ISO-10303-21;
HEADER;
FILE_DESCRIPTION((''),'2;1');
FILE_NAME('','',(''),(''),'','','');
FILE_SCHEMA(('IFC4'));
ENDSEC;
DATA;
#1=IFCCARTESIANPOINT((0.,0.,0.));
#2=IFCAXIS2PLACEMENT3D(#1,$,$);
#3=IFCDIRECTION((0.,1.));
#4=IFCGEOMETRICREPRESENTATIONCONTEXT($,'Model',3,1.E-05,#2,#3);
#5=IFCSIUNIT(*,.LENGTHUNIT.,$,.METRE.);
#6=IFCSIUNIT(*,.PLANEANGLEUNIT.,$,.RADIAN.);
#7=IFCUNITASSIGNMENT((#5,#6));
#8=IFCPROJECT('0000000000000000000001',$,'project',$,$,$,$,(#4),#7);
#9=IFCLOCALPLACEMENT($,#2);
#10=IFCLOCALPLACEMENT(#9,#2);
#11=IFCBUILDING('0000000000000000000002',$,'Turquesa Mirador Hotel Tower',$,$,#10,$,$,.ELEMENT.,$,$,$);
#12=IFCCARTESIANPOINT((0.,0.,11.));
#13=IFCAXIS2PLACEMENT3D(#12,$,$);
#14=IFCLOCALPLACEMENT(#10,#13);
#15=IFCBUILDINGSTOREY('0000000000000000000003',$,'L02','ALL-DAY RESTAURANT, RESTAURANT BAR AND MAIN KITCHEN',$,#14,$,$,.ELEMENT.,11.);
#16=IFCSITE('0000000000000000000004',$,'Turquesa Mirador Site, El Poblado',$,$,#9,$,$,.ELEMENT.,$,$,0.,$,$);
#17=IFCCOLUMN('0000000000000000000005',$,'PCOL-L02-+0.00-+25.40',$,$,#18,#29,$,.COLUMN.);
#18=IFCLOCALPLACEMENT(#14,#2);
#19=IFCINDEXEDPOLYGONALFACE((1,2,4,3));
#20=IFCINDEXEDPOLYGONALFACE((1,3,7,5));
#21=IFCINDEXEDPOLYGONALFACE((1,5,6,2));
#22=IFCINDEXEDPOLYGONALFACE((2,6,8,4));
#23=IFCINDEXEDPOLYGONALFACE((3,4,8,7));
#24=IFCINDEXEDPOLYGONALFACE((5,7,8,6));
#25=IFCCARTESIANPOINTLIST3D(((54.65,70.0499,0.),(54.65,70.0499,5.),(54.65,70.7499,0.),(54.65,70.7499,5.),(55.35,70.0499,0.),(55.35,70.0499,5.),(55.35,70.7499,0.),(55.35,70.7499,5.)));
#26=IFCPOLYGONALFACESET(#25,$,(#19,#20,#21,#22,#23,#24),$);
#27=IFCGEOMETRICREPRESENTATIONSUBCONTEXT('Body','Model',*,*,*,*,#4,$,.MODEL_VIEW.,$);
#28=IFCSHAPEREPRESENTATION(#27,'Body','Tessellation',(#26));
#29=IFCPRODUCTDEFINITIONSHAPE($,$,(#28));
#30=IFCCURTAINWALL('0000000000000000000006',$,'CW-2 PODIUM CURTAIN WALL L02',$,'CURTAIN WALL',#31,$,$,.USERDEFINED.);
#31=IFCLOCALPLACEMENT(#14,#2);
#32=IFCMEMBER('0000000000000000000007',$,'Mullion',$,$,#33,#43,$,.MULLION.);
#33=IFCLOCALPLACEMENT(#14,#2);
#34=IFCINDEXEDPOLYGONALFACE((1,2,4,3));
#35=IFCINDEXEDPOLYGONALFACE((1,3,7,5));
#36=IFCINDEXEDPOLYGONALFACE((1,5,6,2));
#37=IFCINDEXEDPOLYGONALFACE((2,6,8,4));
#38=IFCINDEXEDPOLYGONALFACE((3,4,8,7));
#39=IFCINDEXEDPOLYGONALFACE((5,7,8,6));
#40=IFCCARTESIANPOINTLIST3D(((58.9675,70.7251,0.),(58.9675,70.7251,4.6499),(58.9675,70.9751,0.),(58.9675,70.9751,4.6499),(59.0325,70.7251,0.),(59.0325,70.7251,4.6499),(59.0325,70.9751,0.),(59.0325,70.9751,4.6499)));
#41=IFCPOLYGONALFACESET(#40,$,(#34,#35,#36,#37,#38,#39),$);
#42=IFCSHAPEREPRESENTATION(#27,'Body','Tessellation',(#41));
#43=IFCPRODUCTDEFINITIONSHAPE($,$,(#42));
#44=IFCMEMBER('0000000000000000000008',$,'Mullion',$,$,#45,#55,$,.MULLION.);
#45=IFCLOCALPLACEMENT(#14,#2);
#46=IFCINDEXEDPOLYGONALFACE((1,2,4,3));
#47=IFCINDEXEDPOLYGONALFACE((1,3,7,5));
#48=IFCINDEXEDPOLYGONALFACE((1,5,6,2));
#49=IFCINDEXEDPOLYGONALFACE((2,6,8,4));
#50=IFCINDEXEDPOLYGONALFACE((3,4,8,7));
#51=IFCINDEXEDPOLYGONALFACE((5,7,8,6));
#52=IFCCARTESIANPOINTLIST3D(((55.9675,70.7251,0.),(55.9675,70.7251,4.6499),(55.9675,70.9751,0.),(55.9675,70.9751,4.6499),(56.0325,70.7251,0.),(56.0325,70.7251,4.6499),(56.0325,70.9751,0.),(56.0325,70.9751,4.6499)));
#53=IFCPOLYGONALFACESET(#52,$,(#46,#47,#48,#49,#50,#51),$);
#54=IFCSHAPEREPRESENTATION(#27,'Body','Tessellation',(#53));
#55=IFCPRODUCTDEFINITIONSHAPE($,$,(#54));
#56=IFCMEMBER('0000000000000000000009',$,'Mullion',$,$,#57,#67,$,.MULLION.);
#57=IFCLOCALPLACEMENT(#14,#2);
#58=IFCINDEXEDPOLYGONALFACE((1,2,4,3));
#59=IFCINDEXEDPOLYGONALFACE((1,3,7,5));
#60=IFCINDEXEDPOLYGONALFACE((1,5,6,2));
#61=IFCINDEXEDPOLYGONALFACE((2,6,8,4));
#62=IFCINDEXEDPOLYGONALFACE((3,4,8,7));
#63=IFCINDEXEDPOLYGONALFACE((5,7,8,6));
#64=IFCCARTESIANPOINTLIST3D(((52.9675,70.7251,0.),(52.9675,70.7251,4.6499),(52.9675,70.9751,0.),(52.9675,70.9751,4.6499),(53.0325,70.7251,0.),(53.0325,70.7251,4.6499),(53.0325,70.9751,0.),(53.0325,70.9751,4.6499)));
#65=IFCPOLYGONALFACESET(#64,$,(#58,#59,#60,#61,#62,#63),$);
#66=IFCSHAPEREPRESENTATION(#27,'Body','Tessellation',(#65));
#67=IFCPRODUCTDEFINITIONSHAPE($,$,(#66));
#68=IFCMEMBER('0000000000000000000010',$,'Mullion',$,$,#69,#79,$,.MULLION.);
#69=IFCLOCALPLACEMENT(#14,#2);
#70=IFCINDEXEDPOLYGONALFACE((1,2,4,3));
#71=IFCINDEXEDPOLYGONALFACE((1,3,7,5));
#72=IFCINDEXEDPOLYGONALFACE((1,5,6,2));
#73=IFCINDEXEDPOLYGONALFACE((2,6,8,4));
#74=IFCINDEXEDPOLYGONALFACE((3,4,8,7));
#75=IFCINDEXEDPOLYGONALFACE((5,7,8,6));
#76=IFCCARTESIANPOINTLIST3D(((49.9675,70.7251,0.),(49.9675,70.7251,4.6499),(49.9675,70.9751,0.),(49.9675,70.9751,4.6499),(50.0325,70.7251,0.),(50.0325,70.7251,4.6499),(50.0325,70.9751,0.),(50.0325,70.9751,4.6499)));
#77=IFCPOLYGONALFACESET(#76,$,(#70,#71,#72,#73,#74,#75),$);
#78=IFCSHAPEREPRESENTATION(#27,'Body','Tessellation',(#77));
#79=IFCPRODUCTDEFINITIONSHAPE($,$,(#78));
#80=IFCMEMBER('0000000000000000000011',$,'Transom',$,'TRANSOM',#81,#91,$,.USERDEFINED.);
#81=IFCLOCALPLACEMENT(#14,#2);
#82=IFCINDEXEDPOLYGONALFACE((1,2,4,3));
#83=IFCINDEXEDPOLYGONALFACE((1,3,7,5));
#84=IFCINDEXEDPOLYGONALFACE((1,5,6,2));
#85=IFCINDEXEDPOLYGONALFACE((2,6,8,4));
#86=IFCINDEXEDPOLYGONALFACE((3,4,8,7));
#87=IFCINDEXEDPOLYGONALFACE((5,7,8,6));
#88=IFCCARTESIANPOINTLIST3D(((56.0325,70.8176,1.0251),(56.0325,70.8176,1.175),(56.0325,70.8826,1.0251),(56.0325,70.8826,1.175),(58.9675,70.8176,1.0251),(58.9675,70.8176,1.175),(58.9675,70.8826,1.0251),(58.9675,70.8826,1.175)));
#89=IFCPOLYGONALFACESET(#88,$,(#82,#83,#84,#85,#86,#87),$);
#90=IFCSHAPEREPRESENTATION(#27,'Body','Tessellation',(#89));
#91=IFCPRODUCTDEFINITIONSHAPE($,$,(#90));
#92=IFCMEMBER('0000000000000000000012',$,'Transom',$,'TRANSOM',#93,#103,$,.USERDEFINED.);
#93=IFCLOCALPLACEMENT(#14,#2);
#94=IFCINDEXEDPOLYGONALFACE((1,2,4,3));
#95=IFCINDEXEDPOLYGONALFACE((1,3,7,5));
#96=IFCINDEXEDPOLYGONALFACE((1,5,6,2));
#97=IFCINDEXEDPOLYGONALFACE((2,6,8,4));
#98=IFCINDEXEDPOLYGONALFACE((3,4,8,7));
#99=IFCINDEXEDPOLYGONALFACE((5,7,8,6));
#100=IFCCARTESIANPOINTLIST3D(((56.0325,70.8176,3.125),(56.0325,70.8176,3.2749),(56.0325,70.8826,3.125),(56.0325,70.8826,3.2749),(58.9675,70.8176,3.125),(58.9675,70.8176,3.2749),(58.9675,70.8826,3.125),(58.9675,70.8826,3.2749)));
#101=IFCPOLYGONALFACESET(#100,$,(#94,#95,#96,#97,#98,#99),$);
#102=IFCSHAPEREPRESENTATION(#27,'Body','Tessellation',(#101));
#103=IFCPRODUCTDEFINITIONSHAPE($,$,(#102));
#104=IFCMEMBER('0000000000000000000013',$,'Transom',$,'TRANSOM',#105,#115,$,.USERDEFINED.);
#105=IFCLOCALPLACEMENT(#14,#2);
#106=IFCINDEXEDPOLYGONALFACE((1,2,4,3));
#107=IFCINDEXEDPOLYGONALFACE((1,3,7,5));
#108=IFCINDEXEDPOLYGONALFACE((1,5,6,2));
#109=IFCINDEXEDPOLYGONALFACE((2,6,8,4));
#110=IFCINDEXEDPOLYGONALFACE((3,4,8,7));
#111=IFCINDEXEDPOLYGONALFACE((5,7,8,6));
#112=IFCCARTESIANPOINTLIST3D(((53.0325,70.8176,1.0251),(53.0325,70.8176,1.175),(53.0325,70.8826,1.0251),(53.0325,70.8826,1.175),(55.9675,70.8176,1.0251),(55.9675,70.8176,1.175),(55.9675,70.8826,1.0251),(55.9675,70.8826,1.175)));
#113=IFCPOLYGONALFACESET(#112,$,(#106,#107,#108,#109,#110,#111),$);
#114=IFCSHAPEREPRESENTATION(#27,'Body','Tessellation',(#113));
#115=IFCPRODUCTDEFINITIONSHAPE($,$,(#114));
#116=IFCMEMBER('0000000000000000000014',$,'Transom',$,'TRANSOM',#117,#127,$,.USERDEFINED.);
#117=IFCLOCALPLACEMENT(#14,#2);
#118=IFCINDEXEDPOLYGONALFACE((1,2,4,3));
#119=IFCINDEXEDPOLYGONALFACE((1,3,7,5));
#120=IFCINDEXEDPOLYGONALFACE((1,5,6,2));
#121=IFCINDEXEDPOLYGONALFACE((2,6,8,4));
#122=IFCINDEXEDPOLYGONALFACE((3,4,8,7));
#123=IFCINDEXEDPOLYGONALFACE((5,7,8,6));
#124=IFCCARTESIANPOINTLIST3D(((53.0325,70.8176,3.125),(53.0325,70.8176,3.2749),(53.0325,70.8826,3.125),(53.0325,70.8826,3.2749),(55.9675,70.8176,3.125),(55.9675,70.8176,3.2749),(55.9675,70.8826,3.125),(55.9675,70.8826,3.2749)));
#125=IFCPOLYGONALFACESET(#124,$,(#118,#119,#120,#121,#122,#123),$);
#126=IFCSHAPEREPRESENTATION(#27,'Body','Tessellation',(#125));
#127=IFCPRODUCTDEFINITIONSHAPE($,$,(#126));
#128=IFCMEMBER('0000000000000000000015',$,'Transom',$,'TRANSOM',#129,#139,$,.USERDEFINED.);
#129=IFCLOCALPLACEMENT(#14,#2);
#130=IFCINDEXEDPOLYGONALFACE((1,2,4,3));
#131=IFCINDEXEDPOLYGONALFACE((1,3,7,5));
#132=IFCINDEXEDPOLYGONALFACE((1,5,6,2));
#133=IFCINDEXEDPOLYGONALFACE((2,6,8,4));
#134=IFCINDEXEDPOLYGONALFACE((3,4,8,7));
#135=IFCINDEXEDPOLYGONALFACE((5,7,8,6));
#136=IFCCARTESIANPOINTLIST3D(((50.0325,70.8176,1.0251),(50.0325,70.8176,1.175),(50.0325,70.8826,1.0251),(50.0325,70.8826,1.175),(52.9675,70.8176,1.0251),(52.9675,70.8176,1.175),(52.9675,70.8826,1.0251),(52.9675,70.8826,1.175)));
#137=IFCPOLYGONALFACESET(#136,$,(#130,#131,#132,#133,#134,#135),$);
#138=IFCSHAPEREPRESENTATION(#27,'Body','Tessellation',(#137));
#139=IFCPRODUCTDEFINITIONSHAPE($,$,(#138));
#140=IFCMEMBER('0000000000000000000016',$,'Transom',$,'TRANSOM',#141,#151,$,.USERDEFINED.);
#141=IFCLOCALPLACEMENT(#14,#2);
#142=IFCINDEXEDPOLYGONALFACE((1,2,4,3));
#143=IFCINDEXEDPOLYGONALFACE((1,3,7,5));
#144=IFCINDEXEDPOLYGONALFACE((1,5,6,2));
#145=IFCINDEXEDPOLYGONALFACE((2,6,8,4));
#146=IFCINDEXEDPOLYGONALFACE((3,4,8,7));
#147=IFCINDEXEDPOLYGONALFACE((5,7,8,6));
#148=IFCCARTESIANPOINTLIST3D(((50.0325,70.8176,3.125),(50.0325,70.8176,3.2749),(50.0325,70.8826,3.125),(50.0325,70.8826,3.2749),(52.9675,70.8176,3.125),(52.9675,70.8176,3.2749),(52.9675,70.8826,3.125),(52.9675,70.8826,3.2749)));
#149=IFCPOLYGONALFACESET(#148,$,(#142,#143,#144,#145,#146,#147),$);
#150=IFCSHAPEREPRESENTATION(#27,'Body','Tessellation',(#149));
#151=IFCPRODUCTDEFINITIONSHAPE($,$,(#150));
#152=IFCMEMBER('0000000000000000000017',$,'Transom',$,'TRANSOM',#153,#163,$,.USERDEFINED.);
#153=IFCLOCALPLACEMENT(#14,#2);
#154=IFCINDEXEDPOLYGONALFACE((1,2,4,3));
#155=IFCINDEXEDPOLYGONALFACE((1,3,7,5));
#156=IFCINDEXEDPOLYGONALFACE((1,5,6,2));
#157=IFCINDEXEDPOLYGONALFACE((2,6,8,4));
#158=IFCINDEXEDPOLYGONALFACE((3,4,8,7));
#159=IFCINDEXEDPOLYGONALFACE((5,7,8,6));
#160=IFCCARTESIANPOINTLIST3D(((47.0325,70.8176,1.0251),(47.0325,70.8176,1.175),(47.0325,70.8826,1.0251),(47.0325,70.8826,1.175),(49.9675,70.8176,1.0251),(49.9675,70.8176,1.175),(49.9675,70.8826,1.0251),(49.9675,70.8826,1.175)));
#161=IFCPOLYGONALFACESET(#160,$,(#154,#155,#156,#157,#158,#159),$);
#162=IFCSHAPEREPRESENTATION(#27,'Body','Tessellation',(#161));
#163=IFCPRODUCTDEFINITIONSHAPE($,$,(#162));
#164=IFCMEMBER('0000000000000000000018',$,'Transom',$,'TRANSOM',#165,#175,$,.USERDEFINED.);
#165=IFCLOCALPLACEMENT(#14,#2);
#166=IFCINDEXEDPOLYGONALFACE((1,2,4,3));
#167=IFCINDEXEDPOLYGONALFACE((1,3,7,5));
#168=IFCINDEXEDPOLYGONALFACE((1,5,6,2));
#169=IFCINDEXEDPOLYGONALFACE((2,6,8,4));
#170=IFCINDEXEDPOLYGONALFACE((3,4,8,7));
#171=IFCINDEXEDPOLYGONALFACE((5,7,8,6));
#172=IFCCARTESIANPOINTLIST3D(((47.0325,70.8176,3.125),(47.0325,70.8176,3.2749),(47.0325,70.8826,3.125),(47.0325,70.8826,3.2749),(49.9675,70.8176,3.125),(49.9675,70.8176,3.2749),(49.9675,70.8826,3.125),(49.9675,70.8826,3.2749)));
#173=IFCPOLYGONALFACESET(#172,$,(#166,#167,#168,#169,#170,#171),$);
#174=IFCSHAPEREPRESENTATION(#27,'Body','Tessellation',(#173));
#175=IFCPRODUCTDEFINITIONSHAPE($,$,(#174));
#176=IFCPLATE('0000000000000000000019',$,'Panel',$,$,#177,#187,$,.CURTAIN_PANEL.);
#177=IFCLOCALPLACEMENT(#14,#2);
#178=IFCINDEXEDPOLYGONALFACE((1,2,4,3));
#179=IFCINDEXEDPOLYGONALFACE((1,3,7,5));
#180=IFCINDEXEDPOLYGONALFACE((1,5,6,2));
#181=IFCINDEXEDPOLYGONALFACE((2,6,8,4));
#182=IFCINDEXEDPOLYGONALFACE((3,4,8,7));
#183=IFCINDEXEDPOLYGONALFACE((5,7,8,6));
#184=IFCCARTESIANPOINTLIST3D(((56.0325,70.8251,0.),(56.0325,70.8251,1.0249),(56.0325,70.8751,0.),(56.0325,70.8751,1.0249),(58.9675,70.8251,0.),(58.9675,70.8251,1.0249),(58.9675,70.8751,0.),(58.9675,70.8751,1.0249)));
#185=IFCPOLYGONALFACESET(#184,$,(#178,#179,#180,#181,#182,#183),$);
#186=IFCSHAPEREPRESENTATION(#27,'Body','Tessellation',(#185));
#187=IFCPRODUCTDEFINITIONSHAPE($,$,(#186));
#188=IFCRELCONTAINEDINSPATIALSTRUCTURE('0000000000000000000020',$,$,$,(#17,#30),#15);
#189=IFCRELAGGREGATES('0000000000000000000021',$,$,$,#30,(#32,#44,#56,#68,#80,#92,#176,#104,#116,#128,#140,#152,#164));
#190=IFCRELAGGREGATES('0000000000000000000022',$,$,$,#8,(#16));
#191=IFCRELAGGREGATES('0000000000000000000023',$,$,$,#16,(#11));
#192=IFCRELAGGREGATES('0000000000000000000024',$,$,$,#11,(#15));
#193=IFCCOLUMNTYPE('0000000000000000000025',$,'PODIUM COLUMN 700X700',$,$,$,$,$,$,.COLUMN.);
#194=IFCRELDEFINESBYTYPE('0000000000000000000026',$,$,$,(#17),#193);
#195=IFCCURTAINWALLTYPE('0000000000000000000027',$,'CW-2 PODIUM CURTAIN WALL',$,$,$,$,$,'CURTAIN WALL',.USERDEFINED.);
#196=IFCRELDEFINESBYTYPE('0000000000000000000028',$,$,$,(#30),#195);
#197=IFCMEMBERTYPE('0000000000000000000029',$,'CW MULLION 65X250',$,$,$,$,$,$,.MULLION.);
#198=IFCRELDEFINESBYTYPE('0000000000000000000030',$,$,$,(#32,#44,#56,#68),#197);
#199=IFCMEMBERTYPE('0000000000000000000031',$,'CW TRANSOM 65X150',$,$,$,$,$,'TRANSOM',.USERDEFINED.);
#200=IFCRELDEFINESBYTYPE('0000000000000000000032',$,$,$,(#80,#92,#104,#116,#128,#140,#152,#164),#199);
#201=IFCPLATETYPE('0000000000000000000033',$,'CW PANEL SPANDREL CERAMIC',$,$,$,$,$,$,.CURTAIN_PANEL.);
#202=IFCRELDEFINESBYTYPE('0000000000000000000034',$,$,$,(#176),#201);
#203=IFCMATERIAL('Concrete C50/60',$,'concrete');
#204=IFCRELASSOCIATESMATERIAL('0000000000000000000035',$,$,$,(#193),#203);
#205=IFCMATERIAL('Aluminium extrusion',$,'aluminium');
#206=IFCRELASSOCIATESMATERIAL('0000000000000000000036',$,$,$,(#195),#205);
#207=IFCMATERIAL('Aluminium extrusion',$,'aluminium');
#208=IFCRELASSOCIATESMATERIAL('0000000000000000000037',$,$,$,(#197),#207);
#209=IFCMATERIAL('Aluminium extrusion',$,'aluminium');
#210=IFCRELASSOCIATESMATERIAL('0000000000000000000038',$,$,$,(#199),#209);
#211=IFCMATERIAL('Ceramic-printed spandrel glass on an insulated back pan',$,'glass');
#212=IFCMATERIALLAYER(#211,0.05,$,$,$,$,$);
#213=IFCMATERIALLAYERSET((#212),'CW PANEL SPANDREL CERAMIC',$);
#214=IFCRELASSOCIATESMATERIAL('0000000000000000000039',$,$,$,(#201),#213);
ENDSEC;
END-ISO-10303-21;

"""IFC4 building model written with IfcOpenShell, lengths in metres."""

from ifc_helpers import new_model, si_unit, direction, frame, origin, origin_2d, place, context, subcontext, project, spatial, rectangle, extrude, material, layer, layer_set, material_profile, profile_set, type_object, element, aggregate, save


model = new_model("IFC4")

# Units and contexts
model_context = context("Model", 3, precision=1e-05, world=origin(), true_north=direction((0.0, 1.0)))
body_context = subcontext(model_context, "Body", "Model", "MODEL_VIEW")
ifc_project = project(units=[si_unit("LENGTHUNIT", "METRE"), si_unit("PLANEANGLEUNIT", "RADIAN")], contexts=[model_context])

# Site, building, storey
site_placement = place(None, origin())
site = spatial("IfcSite", under=ifc_project, at=site_placement, Name="Turquesa Mirador Site, El Poblado", CompositionType="ELEMENT", RefElevation=0.0)
building_placement = place(site_placement, origin())
building = spatial("IfcBuilding", under=site, at=building_placement, Name="Turquesa Mirador Hotel Tower", CompositionType="ELEMENT")
storey_placement = place(building_placement, frame((0.0, 0.0, 11.0)))
storey = spatial("IfcBuildingStorey", under=building, at=storey_placement, Name="L02", Description="ALL-DAY RESTAURANT, RESTAURANT BAR AND MAIN KITCHEN", CompositionType="ELEMENT", Elevation=11.0)

# Column
ifc_material_1 = material(Name="Concrete C50/60", Category="concrete")
ifc_material_profile_1 = material_profile(ifc_material_1, rectangle(XDim=0.7, YDim=0.7, at=origin_2d()), Name="RC 700X700")
ifc_profile_set_1 = profile_set([ifc_material_profile_1], Name="Concrete C50/60")
column_type = type_object("IfcColumnType", Name="PODIUM COLUMN 700X700", PredefinedType="COLUMN", material=ifc_profile_set_1)
column_placement = place(storey_placement, frame((55.0, 70.3999, 0.0), z_axis=(0.0, 0.0, 1.0), x_axis=(1.0, 0.0, 0.0)))
element("IfcColumn", 1, at=column_placement, inside=storey, type_object=column_type, Name="PCOL-L02-+0.00-+25.40", PredefinedType="COLUMN", context=body_context, shape_type="SweptSolid", body=[
    extrude(rectangle(XDim=0.7, YDim=0.7, at=origin_2d()), origin(), (0.0, 0.0, 1.0), 5.0),
])

# Curtain wall, members, plate
ifc_material_2 = material(Name="Aluminium extrusion", Category="aluminium")
curtain_wall_type = type_object("IfcCurtainWallType", Name="CW-2 PODIUM CURTAIN WALL", ElementType="CURTAIN WALL", PredefinedType="USERDEFINED", material=ifc_material_2)
curtain_wall_placement = place(storey_placement, origin())
curtain_wall = element("IfcCurtainWall", 2, at=curtain_wall_placement, inside=storey, type_object=curtain_wall_type, Name="CW-2 PODIUM CURTAIN WALL L02", ObjectType="CURTAIN WALL", PredefinedType="USERDEFINED")
ifc_material_3 = material(Name="Aluminium extrusion", Category="aluminium")
ifc_material_profile_2 = material_profile(ifc_material_3, rectangle(XDim=0.0649, YDim=0.25, at=origin_2d()), Name="MULLION 65X250")
ifc_profile_set_2 = profile_set([ifc_material_profile_2], Name="Aluminium extrusion")
member_type_1 = type_object("IfcMemberType", Name="CW MULLION 65X250", PredefinedType="MULLION", material=ifc_profile_set_2)
member_1_placement = place(storey_placement, frame((59.0, 70.8501, 0.0), z_axis=(0.0, 0.0, 1.0), x_axis=(-1.0, 0.0, 0.0)))
member_1 = element("IfcMember", 3, at=member_1_placement, type_object=member_type_1, Name="Mullion", PredefinedType="MULLION", context=body_context, shape_type="SweptSolid", body=[
    extrude(rectangle(XDim=0.0649, YDim=0.25, at=origin_2d()), origin(), (0.0, 0.0, 1.0), 4.6499),
])
member_2_placement = place(storey_placement, frame((56.0, 70.8501, 0.0), z_axis=(0.0, 0.0, 1.0), x_axis=(-1.0, 0.0, 0.0)))
member_2 = element("IfcMember", 4, at=member_2_placement, type_object=member_type_1, Name="Mullion", PredefinedType="MULLION", context=body_context, shape_type="SweptSolid", body=[
    extrude(rectangle(XDim=0.0649, YDim=0.25, at=origin_2d()), origin(), (0.0, 0.0, 1.0), 4.6499),
])
member_3_placement = place(storey_placement, frame((53.0, 70.8501, 0.0), z_axis=(0.0, 0.0, 1.0), x_axis=(-1.0, 0.0, 0.0)))
member_3 = element("IfcMember", 5, at=member_3_placement, type_object=member_type_1, Name="Mullion", PredefinedType="MULLION", context=body_context, shape_type="SweptSolid", body=[
    extrude(rectangle(XDim=0.0649, YDim=0.25, at=origin_2d()), origin(), (0.0, 0.0, 1.0), 4.6499),
])
member_4_placement = place(storey_placement, frame((50.0, 70.8501, 0.0), z_axis=(0.0, 0.0, 1.0), x_axis=(-1.0, 0.0, 0.0)))
member_4 = element("IfcMember", 6, at=member_4_placement, type_object=member_type_1, Name="Mullion", PredefinedType="MULLION", context=body_context, shape_type="SweptSolid", body=[
    extrude(rectangle(XDim=0.0649, YDim=0.25, at=origin_2d()), origin(), (0.0, 0.0, 1.0), 4.6499),
])
ifc_material_4 = material(Name="Aluminium extrusion", Category="aluminium")
ifc_material_profile_3 = material_profile(ifc_material_4, rectangle(XDim=0.0649, YDim=0.1499, at=origin_2d()), Name="TRANSOM 65X150")
ifc_profile_set_3 = profile_set([ifc_material_profile_3], Name="Aluminium extrusion")
member_type_2 = type_object("IfcMemberType", Name="CW TRANSOM 65X150", ElementType="TRANSOM", PredefinedType="USERDEFINED", material=ifc_profile_set_3)
member_5_placement = place(storey_placement, frame((58.9675, 70.8501, 1.1001), z_axis=(-1.0, 0.0, 0.0), x_axis=(0.0, -1.0, 0.0)))
member_5 = element("IfcMember", 7, at=member_5_placement, type_object=member_type_2, Name="Transom", ObjectType="TRANSOM", PredefinedType="USERDEFINED", context=body_context, shape_type="SweptSolid", body=[
    extrude(rectangle(XDim=0.0649, YDim=0.1499, at=origin_2d()), origin(), (0.0, 0.0, 1.0), 2.9351),
])
member_6_placement = place(storey_placement, frame((58.9675, 70.8501, 3.2), z_axis=(-1.0, 0.0, 0.0), x_axis=(0.0, -1.0, 0.0)))
member_6 = element("IfcMember", 8, at=member_6_placement, type_object=member_type_2, Name="Transom", ObjectType="TRANSOM", PredefinedType="USERDEFINED", context=body_context, shape_type="SweptSolid", body=[
    extrude(rectangle(XDim=0.0649, YDim=0.1499, at=origin_2d()), origin(), (0.0, 0.0, 1.0), 2.9351),
])
member_7_placement = place(storey_placement, frame((55.9675, 70.8501, 1.1001), z_axis=(-1.0, 0.0, 0.0), x_axis=(0.0, -1.0, 0.0)))
member_7 = element("IfcMember", 9, at=member_7_placement, type_object=member_type_2, Name="Transom", ObjectType="TRANSOM", PredefinedType="USERDEFINED", context=body_context, shape_type="SweptSolid", body=[
    extrude(rectangle(XDim=0.0649, YDim=0.1499, at=origin_2d()), origin(), (0.0, 0.0, 1.0), 2.9351),
])
member_8_placement = place(storey_placement, frame((55.9675, 70.8501, 3.2), z_axis=(-1.0, 0.0, 0.0), x_axis=(0.0, -1.0, 0.0)))
member_8 = element("IfcMember", 10, at=member_8_placement, type_object=member_type_2, Name="Transom", ObjectType="TRANSOM", PredefinedType="USERDEFINED", context=body_context, shape_type="SweptSolid", body=[
    extrude(rectangle(XDim=0.0649, YDim=0.1499, at=origin_2d()), origin(), (0.0, 0.0, 1.0), 2.9351),
])
member_9_placement = place(storey_placement, frame((52.9675, 70.8501, 1.1001), z_axis=(-1.0, 0.0, 0.0), x_axis=(0.0, -1.0, 0.0)))
member_9 = element("IfcMember", 11, at=member_9_placement, type_object=member_type_2, Name="Transom", ObjectType="TRANSOM", PredefinedType="USERDEFINED", context=body_context, shape_type="SweptSolid", body=[
    extrude(rectangle(XDim=0.0649, YDim=0.1499, at=origin_2d()), origin(), (0.0, 0.0, 1.0), 2.9351),
])
member_10_placement = place(storey_placement, frame((52.9675, 70.8501, 3.2), z_axis=(-1.0, 0.0, 0.0), x_axis=(0.0, -1.0, 0.0)))
member_10 = element("IfcMember", 12, at=member_10_placement, type_object=member_type_2, Name="Transom", ObjectType="TRANSOM", PredefinedType="USERDEFINED", context=body_context, shape_type="SweptSolid", body=[
    extrude(rectangle(XDim=0.0649, YDim=0.1499, at=origin_2d()), origin(), (0.0, 0.0, 1.0), 2.9351),
])
member_11_placement = place(storey_placement, frame((49.9675, 70.8501, 1.1001), z_axis=(-1.0, 0.0, 0.0), x_axis=(0.0, -1.0, 0.0)))
member_11 = element("IfcMember", 13, at=member_11_placement, type_object=member_type_2, Name="Transom", ObjectType="TRANSOM", PredefinedType="USERDEFINED", context=body_context, shape_type="SweptSolid", body=[
    extrude(rectangle(XDim=0.0649, YDim=0.1499, at=origin_2d()), origin(), (0.0, 0.0, 1.0), 2.9351),
])
member_12_placement = place(storey_placement, frame((49.9675, 70.8501, 3.2), z_axis=(-1.0, 0.0, 0.0), x_axis=(0.0, -1.0, 0.0)))
member_12 = element("IfcMember", 14, at=member_12_placement, type_object=member_type_2, Name="Transom", ObjectType="TRANSOM", PredefinedType="USERDEFINED", context=body_context, shape_type="SweptSolid", body=[
    extrude(rectangle(XDim=0.0649, YDim=0.1499, at=origin_2d()), origin(), (0.0, 0.0, 1.0), 2.9351),
])
ifc_material_5 = material(Name="Ceramic-printed spandrel glass on an insulated back pan", Category="glass")
ifc_layer_1 = layer(ifc_material_5, 0.05)
ifc_layer_set_1 = layer_set([ifc_layer_1], Name="CW PANEL SPANDREL CERAMIC")
plate_type_1 = type_object("IfcPlateType", Name="CW PANEL SPANDREL CERAMIC", PredefinedType="CURTAIN_PANEL", material=ifc_layer_set_1)
plate_1_placement = place(storey_placement, frame((57.5, 70.8501, 0.0), z_axis=(0.0, 0.0, 1.0), x_axis=(-1.0, 0.0, 0.0)))
plate_1 = element("IfcPlate", 15, at=plate_1_placement, type_object=plate_type_1, Name="Panel", PredefinedType="CURTAIN_PANEL", context=body_context, shape_type="SweptSolid", body=[
    extrude(rectangle(XDim=2.9351, YDim=0.05, at=origin_2d()), origin(), (0.0, 0.0, 1.0), 1.0249),
])
aggregate(curtain_wall, [member_1, member_2, member_3, member_4, member_5, member_6, plate_1, member_7, member_8, member_9, member_10, member_11, member_12])

save(model, "model.ifc")
